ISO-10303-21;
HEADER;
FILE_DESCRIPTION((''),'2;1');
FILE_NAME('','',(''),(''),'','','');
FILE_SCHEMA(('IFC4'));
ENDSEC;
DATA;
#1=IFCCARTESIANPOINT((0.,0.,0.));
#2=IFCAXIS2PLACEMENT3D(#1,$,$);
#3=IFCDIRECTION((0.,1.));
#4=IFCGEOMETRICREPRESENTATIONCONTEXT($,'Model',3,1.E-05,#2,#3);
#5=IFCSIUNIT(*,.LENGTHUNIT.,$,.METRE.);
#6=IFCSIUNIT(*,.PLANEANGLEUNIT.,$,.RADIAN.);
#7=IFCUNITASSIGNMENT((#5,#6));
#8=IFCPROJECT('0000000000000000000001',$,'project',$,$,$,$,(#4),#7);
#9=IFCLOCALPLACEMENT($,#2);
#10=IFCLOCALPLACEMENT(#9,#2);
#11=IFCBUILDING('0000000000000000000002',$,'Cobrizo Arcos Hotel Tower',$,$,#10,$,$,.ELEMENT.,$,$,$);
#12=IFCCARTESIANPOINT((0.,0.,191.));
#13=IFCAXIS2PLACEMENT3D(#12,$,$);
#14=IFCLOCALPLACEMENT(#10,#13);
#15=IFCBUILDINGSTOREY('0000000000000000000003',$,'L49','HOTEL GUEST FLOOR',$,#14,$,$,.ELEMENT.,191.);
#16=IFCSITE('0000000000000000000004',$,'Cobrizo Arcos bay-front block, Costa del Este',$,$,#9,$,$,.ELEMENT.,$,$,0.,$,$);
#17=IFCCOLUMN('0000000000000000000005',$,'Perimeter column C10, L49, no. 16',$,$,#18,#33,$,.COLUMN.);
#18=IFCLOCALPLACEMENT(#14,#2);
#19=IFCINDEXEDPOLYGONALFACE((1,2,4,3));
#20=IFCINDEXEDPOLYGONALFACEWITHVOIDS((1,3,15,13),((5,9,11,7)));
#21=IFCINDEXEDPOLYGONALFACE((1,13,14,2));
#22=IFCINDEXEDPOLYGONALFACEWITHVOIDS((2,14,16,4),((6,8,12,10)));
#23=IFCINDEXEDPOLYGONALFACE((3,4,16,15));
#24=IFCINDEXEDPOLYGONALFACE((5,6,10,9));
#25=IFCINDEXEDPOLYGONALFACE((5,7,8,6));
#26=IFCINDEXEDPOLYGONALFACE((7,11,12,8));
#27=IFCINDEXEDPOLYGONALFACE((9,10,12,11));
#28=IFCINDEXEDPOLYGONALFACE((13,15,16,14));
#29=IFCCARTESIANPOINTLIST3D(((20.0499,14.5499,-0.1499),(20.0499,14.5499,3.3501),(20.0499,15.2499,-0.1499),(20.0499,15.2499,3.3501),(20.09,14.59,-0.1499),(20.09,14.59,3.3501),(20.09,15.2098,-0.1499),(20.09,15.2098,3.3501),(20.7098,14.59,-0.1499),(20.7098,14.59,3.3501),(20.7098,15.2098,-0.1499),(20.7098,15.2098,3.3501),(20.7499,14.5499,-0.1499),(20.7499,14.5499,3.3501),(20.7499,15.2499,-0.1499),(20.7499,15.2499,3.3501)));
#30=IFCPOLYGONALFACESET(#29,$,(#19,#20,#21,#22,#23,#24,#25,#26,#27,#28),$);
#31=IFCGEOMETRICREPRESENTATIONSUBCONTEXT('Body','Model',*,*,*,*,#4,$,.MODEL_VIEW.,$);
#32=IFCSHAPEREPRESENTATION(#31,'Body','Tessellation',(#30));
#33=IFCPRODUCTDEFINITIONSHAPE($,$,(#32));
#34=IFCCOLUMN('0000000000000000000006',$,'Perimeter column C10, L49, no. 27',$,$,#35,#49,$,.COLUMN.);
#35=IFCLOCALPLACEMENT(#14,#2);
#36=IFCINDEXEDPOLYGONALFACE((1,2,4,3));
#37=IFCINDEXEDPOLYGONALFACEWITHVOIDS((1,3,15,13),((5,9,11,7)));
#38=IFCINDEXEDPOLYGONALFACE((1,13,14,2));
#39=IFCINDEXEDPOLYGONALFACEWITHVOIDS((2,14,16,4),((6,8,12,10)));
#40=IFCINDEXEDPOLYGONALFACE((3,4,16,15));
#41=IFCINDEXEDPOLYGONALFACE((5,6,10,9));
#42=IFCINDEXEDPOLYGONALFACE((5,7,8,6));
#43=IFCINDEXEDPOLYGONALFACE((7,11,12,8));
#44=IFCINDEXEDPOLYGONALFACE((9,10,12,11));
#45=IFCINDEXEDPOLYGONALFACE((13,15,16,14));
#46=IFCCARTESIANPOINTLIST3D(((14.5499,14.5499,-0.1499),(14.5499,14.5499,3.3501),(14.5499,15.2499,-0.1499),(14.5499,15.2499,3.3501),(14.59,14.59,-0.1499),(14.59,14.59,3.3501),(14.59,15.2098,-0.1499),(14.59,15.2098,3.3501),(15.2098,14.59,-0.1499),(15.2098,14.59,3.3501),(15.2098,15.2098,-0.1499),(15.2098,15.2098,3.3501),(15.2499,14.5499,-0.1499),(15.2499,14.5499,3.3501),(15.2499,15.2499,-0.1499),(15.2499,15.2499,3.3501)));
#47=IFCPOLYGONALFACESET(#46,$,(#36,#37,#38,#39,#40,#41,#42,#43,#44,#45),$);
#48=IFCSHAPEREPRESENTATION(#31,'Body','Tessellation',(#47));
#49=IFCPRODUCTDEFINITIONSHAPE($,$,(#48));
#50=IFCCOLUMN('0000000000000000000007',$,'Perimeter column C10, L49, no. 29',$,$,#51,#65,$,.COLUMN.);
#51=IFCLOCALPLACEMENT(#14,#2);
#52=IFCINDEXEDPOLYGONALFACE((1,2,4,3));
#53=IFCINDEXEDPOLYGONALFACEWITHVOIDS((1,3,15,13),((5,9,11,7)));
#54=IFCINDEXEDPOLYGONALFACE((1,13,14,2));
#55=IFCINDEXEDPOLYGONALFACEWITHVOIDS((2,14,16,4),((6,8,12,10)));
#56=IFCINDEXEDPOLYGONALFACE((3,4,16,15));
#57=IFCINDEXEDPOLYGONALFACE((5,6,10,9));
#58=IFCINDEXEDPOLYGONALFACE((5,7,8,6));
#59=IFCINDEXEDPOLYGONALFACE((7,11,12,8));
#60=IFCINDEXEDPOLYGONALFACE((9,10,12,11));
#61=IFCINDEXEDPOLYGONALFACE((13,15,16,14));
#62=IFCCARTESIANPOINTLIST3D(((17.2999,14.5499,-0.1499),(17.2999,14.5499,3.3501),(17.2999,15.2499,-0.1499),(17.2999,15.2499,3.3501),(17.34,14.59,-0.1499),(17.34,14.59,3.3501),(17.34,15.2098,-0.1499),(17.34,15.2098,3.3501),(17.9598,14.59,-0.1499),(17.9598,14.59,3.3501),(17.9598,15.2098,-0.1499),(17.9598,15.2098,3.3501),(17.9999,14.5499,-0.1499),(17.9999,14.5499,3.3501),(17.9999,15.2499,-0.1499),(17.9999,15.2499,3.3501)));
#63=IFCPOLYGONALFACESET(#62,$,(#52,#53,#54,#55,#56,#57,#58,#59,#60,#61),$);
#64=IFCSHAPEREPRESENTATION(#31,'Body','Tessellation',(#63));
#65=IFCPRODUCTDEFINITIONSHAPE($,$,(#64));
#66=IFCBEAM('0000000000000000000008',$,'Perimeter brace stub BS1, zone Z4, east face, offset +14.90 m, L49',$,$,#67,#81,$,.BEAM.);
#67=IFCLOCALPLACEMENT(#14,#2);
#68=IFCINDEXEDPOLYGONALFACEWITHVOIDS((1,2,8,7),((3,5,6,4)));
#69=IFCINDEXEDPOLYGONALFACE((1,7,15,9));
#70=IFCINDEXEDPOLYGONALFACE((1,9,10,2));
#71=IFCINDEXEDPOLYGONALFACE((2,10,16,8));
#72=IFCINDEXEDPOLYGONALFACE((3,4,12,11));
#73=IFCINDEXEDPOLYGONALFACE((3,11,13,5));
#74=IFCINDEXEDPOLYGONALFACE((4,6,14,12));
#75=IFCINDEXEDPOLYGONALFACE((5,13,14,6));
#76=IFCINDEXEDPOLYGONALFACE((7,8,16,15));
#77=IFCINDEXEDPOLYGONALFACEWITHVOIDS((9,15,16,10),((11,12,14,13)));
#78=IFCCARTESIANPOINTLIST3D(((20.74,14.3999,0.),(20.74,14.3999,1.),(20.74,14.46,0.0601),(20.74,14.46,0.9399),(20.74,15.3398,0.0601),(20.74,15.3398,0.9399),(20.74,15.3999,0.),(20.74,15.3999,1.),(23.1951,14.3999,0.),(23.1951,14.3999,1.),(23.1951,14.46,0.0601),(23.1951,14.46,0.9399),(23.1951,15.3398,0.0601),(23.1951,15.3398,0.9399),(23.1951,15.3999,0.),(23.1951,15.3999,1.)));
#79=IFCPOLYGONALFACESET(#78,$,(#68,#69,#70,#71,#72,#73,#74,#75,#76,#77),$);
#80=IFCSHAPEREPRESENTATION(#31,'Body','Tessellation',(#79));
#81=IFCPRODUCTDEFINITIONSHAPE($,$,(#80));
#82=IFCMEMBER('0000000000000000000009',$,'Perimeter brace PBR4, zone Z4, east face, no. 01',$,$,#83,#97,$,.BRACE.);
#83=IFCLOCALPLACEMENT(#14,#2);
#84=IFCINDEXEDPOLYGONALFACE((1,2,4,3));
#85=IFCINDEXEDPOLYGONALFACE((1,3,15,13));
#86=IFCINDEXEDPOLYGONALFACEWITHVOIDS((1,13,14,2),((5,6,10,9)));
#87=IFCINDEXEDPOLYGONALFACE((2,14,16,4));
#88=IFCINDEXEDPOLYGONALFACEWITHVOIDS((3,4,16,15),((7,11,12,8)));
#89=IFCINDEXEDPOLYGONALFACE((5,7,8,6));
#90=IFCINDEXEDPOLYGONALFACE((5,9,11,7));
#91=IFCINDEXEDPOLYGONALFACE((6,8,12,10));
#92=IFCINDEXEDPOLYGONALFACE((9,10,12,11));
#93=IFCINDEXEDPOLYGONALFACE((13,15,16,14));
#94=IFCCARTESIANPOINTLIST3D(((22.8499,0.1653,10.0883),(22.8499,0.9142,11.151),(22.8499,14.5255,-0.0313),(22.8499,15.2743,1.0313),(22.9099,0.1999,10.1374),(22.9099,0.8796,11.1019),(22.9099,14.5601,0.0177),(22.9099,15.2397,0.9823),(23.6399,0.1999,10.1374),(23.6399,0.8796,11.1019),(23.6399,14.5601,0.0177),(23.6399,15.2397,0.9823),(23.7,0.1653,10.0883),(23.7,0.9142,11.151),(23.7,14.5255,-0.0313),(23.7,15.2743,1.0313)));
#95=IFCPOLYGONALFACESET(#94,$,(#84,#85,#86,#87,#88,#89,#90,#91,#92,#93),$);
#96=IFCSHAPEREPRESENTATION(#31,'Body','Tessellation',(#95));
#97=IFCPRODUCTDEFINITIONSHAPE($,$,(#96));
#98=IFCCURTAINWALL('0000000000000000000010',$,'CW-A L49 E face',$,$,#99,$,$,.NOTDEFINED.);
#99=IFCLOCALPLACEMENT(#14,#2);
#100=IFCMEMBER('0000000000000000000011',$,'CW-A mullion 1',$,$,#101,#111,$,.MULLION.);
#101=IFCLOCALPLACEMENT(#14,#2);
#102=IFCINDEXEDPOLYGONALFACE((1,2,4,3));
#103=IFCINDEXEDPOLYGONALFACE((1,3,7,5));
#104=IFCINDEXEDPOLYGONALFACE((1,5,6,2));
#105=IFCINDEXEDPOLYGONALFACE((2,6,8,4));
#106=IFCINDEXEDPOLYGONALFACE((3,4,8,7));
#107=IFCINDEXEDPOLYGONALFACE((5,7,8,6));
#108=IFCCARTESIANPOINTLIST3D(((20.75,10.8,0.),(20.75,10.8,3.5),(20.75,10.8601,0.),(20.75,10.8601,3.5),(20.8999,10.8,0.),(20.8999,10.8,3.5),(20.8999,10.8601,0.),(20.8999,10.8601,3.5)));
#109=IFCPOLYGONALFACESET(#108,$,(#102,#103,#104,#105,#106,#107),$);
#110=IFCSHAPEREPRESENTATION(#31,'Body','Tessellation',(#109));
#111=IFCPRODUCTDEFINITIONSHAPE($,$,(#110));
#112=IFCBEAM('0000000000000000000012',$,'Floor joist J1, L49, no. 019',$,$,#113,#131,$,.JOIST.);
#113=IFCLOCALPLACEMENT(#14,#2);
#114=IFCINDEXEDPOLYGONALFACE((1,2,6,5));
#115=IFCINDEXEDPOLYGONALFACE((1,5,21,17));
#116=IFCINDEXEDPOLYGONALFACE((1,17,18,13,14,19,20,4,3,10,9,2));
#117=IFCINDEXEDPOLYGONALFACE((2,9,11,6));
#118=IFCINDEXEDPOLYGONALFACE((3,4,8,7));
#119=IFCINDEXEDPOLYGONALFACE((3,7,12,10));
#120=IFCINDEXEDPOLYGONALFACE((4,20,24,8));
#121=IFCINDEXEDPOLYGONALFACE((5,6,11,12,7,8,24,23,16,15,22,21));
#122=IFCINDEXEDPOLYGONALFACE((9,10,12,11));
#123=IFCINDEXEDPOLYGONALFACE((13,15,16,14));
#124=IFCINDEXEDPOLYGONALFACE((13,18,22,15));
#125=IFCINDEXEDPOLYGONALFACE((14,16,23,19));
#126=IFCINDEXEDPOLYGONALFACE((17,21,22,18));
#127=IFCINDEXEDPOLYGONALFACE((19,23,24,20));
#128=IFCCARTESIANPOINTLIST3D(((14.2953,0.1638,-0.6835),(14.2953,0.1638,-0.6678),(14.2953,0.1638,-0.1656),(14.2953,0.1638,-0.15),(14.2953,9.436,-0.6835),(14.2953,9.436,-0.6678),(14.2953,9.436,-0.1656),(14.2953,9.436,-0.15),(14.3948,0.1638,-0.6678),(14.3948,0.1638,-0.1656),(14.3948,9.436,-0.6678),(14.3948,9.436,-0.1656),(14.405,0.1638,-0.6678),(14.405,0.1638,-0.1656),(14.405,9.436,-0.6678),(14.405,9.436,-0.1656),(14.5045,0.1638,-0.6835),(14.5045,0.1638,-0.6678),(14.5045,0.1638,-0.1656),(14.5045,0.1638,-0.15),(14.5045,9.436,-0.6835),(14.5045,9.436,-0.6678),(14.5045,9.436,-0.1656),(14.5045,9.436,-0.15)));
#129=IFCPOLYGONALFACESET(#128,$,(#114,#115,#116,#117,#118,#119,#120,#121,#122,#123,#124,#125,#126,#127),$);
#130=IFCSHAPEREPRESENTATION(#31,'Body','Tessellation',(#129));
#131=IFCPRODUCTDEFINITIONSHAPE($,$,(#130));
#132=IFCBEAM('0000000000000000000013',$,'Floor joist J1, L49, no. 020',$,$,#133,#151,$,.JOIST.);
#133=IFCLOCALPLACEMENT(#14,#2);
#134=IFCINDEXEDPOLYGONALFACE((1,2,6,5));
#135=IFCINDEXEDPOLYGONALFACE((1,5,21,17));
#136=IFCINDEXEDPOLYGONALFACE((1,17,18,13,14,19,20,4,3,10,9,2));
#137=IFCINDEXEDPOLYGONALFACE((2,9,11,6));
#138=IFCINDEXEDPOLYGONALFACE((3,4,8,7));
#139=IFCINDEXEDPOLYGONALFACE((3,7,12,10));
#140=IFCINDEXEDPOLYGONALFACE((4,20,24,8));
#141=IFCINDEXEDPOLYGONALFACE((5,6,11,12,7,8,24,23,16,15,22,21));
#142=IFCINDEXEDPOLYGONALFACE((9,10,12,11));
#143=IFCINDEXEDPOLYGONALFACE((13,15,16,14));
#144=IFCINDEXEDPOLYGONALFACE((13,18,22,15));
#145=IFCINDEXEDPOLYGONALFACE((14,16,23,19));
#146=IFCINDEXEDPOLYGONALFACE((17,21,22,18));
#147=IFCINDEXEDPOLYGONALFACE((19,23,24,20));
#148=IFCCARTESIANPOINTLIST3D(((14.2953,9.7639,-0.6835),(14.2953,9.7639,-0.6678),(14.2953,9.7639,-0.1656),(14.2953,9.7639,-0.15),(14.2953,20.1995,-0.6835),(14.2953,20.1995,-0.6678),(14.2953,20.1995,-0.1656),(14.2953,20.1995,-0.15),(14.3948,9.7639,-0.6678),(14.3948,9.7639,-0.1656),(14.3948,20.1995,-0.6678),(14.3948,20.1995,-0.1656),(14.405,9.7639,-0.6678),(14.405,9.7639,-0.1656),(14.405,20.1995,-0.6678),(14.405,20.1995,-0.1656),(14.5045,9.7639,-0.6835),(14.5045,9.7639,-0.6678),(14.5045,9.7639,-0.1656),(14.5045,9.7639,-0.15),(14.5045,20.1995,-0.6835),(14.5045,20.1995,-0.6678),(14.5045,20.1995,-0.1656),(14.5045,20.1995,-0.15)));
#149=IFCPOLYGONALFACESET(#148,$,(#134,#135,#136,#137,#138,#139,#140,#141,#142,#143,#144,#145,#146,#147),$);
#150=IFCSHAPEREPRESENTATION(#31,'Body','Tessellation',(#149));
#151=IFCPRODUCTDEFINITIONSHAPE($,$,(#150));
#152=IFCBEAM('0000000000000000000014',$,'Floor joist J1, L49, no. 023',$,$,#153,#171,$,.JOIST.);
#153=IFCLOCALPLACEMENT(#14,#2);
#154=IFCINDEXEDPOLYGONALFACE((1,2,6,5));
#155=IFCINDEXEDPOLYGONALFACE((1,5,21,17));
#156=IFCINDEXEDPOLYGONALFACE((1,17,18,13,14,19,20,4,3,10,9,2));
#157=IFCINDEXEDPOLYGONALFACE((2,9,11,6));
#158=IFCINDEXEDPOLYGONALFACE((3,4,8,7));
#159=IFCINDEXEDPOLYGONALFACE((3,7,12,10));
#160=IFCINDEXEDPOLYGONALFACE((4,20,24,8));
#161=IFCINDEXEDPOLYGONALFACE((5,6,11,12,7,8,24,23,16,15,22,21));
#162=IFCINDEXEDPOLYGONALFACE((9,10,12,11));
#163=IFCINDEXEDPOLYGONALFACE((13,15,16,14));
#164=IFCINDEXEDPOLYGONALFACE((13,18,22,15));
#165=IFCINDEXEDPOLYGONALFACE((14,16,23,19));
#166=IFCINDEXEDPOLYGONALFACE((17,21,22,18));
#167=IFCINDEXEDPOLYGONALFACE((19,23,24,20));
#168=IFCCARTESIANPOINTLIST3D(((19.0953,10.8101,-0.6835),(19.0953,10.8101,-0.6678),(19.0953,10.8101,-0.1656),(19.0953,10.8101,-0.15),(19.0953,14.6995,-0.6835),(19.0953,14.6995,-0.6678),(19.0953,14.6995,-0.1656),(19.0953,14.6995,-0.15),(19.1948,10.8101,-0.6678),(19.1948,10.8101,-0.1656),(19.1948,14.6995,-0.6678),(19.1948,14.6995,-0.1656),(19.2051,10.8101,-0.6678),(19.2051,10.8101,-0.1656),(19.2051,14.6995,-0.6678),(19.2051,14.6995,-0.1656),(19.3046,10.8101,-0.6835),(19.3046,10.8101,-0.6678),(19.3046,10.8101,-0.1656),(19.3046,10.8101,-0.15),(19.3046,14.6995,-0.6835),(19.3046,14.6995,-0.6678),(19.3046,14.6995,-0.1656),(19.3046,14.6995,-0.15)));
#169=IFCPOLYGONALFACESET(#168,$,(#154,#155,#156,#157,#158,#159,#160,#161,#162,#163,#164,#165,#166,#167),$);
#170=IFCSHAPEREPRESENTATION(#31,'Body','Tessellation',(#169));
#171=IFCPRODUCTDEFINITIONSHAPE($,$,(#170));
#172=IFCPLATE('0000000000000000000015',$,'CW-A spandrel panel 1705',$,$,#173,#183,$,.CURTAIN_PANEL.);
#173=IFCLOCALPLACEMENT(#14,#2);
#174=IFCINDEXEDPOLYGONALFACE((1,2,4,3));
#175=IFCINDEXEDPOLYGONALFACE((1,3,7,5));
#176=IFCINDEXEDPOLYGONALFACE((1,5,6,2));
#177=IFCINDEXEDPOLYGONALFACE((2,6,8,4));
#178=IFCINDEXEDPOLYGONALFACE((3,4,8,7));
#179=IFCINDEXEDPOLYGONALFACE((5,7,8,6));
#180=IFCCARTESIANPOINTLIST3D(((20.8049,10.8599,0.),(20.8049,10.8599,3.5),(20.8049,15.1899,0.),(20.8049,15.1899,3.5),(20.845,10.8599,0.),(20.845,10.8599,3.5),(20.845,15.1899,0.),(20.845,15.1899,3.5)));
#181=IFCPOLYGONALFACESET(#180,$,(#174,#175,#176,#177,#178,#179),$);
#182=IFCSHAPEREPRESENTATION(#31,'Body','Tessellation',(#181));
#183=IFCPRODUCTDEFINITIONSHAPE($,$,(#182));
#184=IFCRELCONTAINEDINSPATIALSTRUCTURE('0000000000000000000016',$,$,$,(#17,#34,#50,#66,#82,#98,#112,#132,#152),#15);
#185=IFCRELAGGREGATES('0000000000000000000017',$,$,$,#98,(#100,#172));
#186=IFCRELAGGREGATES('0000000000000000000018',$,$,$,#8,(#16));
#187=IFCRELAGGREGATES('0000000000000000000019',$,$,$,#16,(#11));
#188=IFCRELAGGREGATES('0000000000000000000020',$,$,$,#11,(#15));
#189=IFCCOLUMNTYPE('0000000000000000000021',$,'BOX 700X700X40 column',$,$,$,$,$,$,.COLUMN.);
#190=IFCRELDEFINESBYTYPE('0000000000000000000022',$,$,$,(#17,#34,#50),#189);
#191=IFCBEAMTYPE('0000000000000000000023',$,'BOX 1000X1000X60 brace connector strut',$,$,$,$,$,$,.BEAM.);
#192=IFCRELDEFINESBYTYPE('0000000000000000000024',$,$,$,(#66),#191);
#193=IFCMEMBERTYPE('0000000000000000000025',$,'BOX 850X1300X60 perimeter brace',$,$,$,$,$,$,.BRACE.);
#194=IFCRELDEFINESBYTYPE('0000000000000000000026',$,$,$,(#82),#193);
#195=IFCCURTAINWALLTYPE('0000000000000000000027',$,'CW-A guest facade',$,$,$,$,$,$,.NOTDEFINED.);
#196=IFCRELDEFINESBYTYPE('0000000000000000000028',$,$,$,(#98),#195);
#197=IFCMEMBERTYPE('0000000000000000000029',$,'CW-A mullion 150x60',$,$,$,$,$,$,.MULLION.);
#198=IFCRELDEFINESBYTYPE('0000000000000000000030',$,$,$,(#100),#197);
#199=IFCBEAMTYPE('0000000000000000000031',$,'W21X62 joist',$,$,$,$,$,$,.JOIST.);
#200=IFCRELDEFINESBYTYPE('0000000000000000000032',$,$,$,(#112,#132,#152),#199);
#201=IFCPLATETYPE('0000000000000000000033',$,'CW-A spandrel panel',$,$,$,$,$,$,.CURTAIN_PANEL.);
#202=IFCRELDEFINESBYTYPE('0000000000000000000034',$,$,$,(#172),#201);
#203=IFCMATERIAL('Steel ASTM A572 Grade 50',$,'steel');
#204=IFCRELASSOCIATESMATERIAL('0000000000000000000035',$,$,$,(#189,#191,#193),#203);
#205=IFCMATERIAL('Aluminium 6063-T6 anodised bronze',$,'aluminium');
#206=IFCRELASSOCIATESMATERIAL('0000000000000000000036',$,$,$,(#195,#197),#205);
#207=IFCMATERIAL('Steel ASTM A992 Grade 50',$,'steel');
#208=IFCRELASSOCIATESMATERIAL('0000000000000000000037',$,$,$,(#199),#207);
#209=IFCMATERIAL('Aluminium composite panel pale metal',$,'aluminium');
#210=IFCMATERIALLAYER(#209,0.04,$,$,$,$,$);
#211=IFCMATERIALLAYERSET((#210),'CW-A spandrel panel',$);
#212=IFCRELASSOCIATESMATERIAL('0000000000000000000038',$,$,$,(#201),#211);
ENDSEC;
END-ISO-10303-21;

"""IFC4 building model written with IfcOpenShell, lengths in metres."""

from ifc_helpers import new_model, si_unit, direction, frame, origin, origin_2d, place, context, subcontext, project, spatial, rectangle, hollow_rectangle, i_section, extrude, material, layer, layer_set, material_profile, profile_set, type_object, element, aggregate, save


model = new_model("IFC4")

# Units and contexts
model_context = context("Model", 3, precision=1e-05, world=origin(), true_north=direction((0.0, 1.0)))
body_context = subcontext(model_context, "Body", "Model", "MODEL_VIEW")
ifc_project = project(units=[si_unit("LENGTHUNIT", "METRE"), si_unit("PLANEANGLEUNIT", "RADIAN")], contexts=[model_context])

# Site, building, storey
site_placement = place(None, origin())
site = spatial("IfcSite", under=ifc_project, at=site_placement, Name="Cobrizo Arcos bay-front block, Costa del Este", CompositionType="ELEMENT", RefElevation=0.0)
building_placement = place(site_placement, origin())
building = spatial("IfcBuilding", under=site, at=building_placement, Name="Cobrizo Arcos Hotel Tower", CompositionType="ELEMENT")
storey_placement = place(building_placement, frame((0.0, 0.0, 191.0)))
storey = spatial("IfcBuildingStorey", under=building, at=storey_placement, Name="L49", Description="HOTEL GUEST FLOOR", CompositionType="ELEMENT", Elevation=191.0)

# Columns
ifc_material_1 = material(Name="Steel ASTM A572 Grade 50", Category="steel")
ifc_material_profile_1 = material_profile(ifc_material_1, hollow_rectangle(XDim=0.7, YDim=0.7, WallThickness=0.04, at=origin_2d()), Name="BOX 700X700X40")
ifc_profile_set_1 = profile_set([ifc_material_profile_1], Name="Steel ASTM A572 Grade 50")
column_type = type_object("IfcColumnType", Name="BOX 700X700X40 column", PredefinedType="COLUMN", material=ifc_profile_set_1)
for number, where, z_axis, x_axis, name in (
    (1, (20.3999, 14.8999, -0.1499), (0.0, 0.0, 1.0), (1.0, 0.0, 0.0), "Perimeter column C10, L49, no. 16"),
    (2, (14.8999, 14.8999, -0.1499), (0.0, 0.0, 1.0), (1.0, 0.0, 0.0), "Perimeter column C10, L49, no. 27"),
    (3, (17.6499, 14.8999, -0.1499), (0.0, 0.0, 1.0), (1.0, 0.0, 0.0), "Perimeter column C10, L49, no. 29"),
):
    element("IfcColumn", number, at=place(storey_placement, frame(where, z_axis=z_axis, x_axis=x_axis)), inside=storey, type_object=column_type, Name=name, PredefinedType="COLUMN", context=body_context, shape_type="SweptSolid", body=[
        extrude(hollow_rectangle(XDim=0.7, YDim=0.7, WallThickness=0.04, at=origin_2d()), origin(), (0.0, 0.0, 1.0), 3.5),
    ])

# Beam
ifc_material_profile_2 = material_profile(ifc_material_1, hollow_rectangle(XDim=1.0, YDim=1.0, WallThickness=0.0601, at=origin_2d()), Name="BOX 1000X1000X60")
ifc_profile_set_2 = profile_set([ifc_material_profile_2], Name="Steel ASTM A572 Grade 50")
beam_type_1 = type_object("IfcBeamType", Name="BOX 1000X1000X60 brace connector strut", PredefinedType="BEAM", material=ifc_profile_set_2)
beam_1_placement = place(storey_placement, frame((20.74, 14.8999, 0.5), z_axis=(1.0, 0.0, 0.0), x_axis=(0.0, 1.0, 0.0)))
element("IfcBeam", 4, at=beam_1_placement, inside=storey, type_object=beam_type_1, Name="Perimeter brace stub BS1, zone Z4, east face, offset +14.90 m, L49", PredefinedType="BEAM", context=body_context, shape_type="SweptSolid", body=[
    extrude(hollow_rectangle(XDim=1.0, YDim=1.0, WallThickness=0.0601, at=origin_2d()), origin(), (0.0, 0.0, 1.0), 2.4551),
])

# Member
ifc_material_profile_3 = material_profile(ifc_material_1, hollow_rectangle(XDim=0.8501, YDim=1.3, WallThickness=0.0601, at=origin_2d()), Name="BOX 850X1300X60")
ifc_profile_set_3 = profile_set([ifc_material_profile_3], Name="Steel ASTM A572 Grade 50")
member_type_1 = type_object("IfcMemberType", Name="BOX 850X1300X60 perimeter brace", PredefinedType="BRACE", material=ifc_profile_set_3)
member_1_placement = place(storey_placement, frame((23.2749, 14.8999, 0.5), z_axis=(0.0, -0.817421, 0.57604), x_axis=(1.0, 0.0, 0.0)))
element("IfcMember", 5, at=member_1_placement, inside=storey, type_object=member_type_1, Name="Perimeter brace PBR4, zone Z4, east face, no. 01", PredefinedType="BRACE", context=body_context, shape_type="SweptSolid", body=[
    extrude(hollow_rectangle(XDim=0.8501, YDim=1.3, WallThickness=0.0601, at=origin_2d()), origin(), (0.0, 0.0, 1.0), 17.5676),
])

# Curtain wall, member
ifc_material_2 = material(Name="Aluminium 6063-T6 anodised bronze", Category="aluminium")
curtain_wall_type = type_object("IfcCurtainWallType", Name="CW-A guest facade", PredefinedType="NOTDEFINED", material=ifc_material_2)
curtain_wall_placement = place(storey_placement, origin())
curtain_wall = element("IfcCurtainWall", 6, at=curtain_wall_placement, inside=storey, type_object=curtain_wall_type, Name="CW-A L49 E face", PredefinedType="NOTDEFINED")
ifc_material_profile_4 = material_profile(ifc_material_2, rectangle(XDim=0.1499, YDim=0.0601, at=origin_2d()), Name="CW-A mullion 150x60")
ifc_profile_set_4 = profile_set([ifc_material_profile_4], Name="Aluminium 6063-T6 anodised bronze")
member_type_2 = type_object("IfcMemberType", Name="CW-A mullion 150x60", PredefinedType="MULLION", material=ifc_profile_set_4)
member_2_placement = place(storey_placement, frame((20.825, 10.8301, 0.0), z_axis=(0.0, 0.0, 1.0), x_axis=(1.0, 0.0, 0.0)))
member_2 = element("IfcMember", 7, at=member_2_placement, type_object=member_type_2, Name="CW-A mullion 1", PredefinedType="MULLION", context=body_context, shape_type="SweptSolid", body=[
    extrude(rectangle(XDim=0.1499, YDim=0.0601, at=origin_2d()), origin(), (0.0, 0.0, 1.0), 3.5),
])

# Beams
ifc_material_3 = material(Name="Steel ASTM A992 Grade 50", Category="steel")
ifc_material_profile_5 = material_profile(ifc_material_3, i_section(OverallWidth=0.2092, OverallDepth=0.5334, WebThickness=0.0103, FlangeThickness=0.0156, at=origin_2d()), Name="W21X62")
ifc_profile_set_5 = profile_set([ifc_material_profile_5], Name="Steel ASTM A992 Grade 50")
beam_type_2 = type_object("IfcBeamType", Name="W21X62 joist", PredefinedType="JOIST", material=ifc_profile_set_5)
beam_2_placement = place(storey_placement, frame((14.3999, 0.1638, -0.4167), z_axis=(0.0, 1.0, 0.0), x_axis=(-1.0, 0.0, 0.0)))
element("IfcBeam", 8, at=beam_2_placement, inside=storey, type_object=beam_type_2, Name="Floor joist J1, L49, no. 019", PredefinedType="JOIST", context=body_context, shape_type="SweptSolid", body=[
    extrude(i_section(OverallWidth=0.2092, OverallDepth=0.5334, WebThickness=0.0103, FlangeThickness=0.0156, at=origin_2d()), origin(), (0.0, 0.0, 1.0), 9.2722),
])
beam_3_placement = place(storey_placement, frame((14.3999, 9.7639, -0.4167), z_axis=(0.0, 1.0, 0.0), x_axis=(-1.0, 0.0, 0.0)))
element("IfcBeam", 9, at=beam_3_placement, inside=storey, type_object=beam_type_2, Name="Floor joist J1, L49, no. 020", PredefinedType="JOIST", context=body_context, shape_type="SweptSolid", body=[
    extrude(i_section(OverallWidth=0.2092, OverallDepth=0.5334, WebThickness=0.0103, FlangeThickness=0.0156, at=origin_2d()), origin(), (0.0, 0.0, 1.0), 10.4355),
])
beam_4_placement = place(storey_placement, frame((19.2, 10.8101, -0.4167), z_axis=(0.0, 1.0, 0.0), x_axis=(-1.0, 0.0, 0.0)))
element("IfcBeam", 10, at=beam_4_placement, inside=storey, type_object=beam_type_2, Name="Floor joist J1, L49, no. 023", PredefinedType="JOIST", context=body_context, shape_type="SweptSolid", body=[
    extrude(i_section(OverallWidth=0.2092, OverallDepth=0.5334, WebThickness=0.0103, FlangeThickness=0.0156, at=origin_2d()), origin(), (0.0, 0.0, 1.0), 3.8894),
])

# Plate
ifc_material_4 = material(Name="Aluminium composite panel pale metal", Category="aluminium")
ifc_layer_1 = layer(ifc_material_4, 0.04)
ifc_layer_set_1 = layer_set([ifc_layer_1], Name="CW-A spandrel panel")
plate_type = type_object("IfcPlateType", Name="CW-A spandrel panel", PredefinedType="CURTAIN_PANEL", material=ifc_layer_set_1)
plate_placement = place(storey_placement, frame((20.825, 13.0249, 0.0), z_axis=(0.0, 0.0, 1.0), x_axis=(0.0, 1.0, 0.0)))
plate = element("IfcPlate", 11, at=plate_placement, type_object=plate_type, Name="CW-A spandrel panel 1705", PredefinedType="CURTAIN_PANEL", context=body_context, shape_type="SweptSolid", body=[
    extrude(rectangle(XDim=4.3301, YDim=0.04, at=origin_2d()), origin(), (0.0, 0.0, 1.0), 3.5),
])
aggregate(curtain_wall, [member_2, plate])

save(model, "model.ifc")
